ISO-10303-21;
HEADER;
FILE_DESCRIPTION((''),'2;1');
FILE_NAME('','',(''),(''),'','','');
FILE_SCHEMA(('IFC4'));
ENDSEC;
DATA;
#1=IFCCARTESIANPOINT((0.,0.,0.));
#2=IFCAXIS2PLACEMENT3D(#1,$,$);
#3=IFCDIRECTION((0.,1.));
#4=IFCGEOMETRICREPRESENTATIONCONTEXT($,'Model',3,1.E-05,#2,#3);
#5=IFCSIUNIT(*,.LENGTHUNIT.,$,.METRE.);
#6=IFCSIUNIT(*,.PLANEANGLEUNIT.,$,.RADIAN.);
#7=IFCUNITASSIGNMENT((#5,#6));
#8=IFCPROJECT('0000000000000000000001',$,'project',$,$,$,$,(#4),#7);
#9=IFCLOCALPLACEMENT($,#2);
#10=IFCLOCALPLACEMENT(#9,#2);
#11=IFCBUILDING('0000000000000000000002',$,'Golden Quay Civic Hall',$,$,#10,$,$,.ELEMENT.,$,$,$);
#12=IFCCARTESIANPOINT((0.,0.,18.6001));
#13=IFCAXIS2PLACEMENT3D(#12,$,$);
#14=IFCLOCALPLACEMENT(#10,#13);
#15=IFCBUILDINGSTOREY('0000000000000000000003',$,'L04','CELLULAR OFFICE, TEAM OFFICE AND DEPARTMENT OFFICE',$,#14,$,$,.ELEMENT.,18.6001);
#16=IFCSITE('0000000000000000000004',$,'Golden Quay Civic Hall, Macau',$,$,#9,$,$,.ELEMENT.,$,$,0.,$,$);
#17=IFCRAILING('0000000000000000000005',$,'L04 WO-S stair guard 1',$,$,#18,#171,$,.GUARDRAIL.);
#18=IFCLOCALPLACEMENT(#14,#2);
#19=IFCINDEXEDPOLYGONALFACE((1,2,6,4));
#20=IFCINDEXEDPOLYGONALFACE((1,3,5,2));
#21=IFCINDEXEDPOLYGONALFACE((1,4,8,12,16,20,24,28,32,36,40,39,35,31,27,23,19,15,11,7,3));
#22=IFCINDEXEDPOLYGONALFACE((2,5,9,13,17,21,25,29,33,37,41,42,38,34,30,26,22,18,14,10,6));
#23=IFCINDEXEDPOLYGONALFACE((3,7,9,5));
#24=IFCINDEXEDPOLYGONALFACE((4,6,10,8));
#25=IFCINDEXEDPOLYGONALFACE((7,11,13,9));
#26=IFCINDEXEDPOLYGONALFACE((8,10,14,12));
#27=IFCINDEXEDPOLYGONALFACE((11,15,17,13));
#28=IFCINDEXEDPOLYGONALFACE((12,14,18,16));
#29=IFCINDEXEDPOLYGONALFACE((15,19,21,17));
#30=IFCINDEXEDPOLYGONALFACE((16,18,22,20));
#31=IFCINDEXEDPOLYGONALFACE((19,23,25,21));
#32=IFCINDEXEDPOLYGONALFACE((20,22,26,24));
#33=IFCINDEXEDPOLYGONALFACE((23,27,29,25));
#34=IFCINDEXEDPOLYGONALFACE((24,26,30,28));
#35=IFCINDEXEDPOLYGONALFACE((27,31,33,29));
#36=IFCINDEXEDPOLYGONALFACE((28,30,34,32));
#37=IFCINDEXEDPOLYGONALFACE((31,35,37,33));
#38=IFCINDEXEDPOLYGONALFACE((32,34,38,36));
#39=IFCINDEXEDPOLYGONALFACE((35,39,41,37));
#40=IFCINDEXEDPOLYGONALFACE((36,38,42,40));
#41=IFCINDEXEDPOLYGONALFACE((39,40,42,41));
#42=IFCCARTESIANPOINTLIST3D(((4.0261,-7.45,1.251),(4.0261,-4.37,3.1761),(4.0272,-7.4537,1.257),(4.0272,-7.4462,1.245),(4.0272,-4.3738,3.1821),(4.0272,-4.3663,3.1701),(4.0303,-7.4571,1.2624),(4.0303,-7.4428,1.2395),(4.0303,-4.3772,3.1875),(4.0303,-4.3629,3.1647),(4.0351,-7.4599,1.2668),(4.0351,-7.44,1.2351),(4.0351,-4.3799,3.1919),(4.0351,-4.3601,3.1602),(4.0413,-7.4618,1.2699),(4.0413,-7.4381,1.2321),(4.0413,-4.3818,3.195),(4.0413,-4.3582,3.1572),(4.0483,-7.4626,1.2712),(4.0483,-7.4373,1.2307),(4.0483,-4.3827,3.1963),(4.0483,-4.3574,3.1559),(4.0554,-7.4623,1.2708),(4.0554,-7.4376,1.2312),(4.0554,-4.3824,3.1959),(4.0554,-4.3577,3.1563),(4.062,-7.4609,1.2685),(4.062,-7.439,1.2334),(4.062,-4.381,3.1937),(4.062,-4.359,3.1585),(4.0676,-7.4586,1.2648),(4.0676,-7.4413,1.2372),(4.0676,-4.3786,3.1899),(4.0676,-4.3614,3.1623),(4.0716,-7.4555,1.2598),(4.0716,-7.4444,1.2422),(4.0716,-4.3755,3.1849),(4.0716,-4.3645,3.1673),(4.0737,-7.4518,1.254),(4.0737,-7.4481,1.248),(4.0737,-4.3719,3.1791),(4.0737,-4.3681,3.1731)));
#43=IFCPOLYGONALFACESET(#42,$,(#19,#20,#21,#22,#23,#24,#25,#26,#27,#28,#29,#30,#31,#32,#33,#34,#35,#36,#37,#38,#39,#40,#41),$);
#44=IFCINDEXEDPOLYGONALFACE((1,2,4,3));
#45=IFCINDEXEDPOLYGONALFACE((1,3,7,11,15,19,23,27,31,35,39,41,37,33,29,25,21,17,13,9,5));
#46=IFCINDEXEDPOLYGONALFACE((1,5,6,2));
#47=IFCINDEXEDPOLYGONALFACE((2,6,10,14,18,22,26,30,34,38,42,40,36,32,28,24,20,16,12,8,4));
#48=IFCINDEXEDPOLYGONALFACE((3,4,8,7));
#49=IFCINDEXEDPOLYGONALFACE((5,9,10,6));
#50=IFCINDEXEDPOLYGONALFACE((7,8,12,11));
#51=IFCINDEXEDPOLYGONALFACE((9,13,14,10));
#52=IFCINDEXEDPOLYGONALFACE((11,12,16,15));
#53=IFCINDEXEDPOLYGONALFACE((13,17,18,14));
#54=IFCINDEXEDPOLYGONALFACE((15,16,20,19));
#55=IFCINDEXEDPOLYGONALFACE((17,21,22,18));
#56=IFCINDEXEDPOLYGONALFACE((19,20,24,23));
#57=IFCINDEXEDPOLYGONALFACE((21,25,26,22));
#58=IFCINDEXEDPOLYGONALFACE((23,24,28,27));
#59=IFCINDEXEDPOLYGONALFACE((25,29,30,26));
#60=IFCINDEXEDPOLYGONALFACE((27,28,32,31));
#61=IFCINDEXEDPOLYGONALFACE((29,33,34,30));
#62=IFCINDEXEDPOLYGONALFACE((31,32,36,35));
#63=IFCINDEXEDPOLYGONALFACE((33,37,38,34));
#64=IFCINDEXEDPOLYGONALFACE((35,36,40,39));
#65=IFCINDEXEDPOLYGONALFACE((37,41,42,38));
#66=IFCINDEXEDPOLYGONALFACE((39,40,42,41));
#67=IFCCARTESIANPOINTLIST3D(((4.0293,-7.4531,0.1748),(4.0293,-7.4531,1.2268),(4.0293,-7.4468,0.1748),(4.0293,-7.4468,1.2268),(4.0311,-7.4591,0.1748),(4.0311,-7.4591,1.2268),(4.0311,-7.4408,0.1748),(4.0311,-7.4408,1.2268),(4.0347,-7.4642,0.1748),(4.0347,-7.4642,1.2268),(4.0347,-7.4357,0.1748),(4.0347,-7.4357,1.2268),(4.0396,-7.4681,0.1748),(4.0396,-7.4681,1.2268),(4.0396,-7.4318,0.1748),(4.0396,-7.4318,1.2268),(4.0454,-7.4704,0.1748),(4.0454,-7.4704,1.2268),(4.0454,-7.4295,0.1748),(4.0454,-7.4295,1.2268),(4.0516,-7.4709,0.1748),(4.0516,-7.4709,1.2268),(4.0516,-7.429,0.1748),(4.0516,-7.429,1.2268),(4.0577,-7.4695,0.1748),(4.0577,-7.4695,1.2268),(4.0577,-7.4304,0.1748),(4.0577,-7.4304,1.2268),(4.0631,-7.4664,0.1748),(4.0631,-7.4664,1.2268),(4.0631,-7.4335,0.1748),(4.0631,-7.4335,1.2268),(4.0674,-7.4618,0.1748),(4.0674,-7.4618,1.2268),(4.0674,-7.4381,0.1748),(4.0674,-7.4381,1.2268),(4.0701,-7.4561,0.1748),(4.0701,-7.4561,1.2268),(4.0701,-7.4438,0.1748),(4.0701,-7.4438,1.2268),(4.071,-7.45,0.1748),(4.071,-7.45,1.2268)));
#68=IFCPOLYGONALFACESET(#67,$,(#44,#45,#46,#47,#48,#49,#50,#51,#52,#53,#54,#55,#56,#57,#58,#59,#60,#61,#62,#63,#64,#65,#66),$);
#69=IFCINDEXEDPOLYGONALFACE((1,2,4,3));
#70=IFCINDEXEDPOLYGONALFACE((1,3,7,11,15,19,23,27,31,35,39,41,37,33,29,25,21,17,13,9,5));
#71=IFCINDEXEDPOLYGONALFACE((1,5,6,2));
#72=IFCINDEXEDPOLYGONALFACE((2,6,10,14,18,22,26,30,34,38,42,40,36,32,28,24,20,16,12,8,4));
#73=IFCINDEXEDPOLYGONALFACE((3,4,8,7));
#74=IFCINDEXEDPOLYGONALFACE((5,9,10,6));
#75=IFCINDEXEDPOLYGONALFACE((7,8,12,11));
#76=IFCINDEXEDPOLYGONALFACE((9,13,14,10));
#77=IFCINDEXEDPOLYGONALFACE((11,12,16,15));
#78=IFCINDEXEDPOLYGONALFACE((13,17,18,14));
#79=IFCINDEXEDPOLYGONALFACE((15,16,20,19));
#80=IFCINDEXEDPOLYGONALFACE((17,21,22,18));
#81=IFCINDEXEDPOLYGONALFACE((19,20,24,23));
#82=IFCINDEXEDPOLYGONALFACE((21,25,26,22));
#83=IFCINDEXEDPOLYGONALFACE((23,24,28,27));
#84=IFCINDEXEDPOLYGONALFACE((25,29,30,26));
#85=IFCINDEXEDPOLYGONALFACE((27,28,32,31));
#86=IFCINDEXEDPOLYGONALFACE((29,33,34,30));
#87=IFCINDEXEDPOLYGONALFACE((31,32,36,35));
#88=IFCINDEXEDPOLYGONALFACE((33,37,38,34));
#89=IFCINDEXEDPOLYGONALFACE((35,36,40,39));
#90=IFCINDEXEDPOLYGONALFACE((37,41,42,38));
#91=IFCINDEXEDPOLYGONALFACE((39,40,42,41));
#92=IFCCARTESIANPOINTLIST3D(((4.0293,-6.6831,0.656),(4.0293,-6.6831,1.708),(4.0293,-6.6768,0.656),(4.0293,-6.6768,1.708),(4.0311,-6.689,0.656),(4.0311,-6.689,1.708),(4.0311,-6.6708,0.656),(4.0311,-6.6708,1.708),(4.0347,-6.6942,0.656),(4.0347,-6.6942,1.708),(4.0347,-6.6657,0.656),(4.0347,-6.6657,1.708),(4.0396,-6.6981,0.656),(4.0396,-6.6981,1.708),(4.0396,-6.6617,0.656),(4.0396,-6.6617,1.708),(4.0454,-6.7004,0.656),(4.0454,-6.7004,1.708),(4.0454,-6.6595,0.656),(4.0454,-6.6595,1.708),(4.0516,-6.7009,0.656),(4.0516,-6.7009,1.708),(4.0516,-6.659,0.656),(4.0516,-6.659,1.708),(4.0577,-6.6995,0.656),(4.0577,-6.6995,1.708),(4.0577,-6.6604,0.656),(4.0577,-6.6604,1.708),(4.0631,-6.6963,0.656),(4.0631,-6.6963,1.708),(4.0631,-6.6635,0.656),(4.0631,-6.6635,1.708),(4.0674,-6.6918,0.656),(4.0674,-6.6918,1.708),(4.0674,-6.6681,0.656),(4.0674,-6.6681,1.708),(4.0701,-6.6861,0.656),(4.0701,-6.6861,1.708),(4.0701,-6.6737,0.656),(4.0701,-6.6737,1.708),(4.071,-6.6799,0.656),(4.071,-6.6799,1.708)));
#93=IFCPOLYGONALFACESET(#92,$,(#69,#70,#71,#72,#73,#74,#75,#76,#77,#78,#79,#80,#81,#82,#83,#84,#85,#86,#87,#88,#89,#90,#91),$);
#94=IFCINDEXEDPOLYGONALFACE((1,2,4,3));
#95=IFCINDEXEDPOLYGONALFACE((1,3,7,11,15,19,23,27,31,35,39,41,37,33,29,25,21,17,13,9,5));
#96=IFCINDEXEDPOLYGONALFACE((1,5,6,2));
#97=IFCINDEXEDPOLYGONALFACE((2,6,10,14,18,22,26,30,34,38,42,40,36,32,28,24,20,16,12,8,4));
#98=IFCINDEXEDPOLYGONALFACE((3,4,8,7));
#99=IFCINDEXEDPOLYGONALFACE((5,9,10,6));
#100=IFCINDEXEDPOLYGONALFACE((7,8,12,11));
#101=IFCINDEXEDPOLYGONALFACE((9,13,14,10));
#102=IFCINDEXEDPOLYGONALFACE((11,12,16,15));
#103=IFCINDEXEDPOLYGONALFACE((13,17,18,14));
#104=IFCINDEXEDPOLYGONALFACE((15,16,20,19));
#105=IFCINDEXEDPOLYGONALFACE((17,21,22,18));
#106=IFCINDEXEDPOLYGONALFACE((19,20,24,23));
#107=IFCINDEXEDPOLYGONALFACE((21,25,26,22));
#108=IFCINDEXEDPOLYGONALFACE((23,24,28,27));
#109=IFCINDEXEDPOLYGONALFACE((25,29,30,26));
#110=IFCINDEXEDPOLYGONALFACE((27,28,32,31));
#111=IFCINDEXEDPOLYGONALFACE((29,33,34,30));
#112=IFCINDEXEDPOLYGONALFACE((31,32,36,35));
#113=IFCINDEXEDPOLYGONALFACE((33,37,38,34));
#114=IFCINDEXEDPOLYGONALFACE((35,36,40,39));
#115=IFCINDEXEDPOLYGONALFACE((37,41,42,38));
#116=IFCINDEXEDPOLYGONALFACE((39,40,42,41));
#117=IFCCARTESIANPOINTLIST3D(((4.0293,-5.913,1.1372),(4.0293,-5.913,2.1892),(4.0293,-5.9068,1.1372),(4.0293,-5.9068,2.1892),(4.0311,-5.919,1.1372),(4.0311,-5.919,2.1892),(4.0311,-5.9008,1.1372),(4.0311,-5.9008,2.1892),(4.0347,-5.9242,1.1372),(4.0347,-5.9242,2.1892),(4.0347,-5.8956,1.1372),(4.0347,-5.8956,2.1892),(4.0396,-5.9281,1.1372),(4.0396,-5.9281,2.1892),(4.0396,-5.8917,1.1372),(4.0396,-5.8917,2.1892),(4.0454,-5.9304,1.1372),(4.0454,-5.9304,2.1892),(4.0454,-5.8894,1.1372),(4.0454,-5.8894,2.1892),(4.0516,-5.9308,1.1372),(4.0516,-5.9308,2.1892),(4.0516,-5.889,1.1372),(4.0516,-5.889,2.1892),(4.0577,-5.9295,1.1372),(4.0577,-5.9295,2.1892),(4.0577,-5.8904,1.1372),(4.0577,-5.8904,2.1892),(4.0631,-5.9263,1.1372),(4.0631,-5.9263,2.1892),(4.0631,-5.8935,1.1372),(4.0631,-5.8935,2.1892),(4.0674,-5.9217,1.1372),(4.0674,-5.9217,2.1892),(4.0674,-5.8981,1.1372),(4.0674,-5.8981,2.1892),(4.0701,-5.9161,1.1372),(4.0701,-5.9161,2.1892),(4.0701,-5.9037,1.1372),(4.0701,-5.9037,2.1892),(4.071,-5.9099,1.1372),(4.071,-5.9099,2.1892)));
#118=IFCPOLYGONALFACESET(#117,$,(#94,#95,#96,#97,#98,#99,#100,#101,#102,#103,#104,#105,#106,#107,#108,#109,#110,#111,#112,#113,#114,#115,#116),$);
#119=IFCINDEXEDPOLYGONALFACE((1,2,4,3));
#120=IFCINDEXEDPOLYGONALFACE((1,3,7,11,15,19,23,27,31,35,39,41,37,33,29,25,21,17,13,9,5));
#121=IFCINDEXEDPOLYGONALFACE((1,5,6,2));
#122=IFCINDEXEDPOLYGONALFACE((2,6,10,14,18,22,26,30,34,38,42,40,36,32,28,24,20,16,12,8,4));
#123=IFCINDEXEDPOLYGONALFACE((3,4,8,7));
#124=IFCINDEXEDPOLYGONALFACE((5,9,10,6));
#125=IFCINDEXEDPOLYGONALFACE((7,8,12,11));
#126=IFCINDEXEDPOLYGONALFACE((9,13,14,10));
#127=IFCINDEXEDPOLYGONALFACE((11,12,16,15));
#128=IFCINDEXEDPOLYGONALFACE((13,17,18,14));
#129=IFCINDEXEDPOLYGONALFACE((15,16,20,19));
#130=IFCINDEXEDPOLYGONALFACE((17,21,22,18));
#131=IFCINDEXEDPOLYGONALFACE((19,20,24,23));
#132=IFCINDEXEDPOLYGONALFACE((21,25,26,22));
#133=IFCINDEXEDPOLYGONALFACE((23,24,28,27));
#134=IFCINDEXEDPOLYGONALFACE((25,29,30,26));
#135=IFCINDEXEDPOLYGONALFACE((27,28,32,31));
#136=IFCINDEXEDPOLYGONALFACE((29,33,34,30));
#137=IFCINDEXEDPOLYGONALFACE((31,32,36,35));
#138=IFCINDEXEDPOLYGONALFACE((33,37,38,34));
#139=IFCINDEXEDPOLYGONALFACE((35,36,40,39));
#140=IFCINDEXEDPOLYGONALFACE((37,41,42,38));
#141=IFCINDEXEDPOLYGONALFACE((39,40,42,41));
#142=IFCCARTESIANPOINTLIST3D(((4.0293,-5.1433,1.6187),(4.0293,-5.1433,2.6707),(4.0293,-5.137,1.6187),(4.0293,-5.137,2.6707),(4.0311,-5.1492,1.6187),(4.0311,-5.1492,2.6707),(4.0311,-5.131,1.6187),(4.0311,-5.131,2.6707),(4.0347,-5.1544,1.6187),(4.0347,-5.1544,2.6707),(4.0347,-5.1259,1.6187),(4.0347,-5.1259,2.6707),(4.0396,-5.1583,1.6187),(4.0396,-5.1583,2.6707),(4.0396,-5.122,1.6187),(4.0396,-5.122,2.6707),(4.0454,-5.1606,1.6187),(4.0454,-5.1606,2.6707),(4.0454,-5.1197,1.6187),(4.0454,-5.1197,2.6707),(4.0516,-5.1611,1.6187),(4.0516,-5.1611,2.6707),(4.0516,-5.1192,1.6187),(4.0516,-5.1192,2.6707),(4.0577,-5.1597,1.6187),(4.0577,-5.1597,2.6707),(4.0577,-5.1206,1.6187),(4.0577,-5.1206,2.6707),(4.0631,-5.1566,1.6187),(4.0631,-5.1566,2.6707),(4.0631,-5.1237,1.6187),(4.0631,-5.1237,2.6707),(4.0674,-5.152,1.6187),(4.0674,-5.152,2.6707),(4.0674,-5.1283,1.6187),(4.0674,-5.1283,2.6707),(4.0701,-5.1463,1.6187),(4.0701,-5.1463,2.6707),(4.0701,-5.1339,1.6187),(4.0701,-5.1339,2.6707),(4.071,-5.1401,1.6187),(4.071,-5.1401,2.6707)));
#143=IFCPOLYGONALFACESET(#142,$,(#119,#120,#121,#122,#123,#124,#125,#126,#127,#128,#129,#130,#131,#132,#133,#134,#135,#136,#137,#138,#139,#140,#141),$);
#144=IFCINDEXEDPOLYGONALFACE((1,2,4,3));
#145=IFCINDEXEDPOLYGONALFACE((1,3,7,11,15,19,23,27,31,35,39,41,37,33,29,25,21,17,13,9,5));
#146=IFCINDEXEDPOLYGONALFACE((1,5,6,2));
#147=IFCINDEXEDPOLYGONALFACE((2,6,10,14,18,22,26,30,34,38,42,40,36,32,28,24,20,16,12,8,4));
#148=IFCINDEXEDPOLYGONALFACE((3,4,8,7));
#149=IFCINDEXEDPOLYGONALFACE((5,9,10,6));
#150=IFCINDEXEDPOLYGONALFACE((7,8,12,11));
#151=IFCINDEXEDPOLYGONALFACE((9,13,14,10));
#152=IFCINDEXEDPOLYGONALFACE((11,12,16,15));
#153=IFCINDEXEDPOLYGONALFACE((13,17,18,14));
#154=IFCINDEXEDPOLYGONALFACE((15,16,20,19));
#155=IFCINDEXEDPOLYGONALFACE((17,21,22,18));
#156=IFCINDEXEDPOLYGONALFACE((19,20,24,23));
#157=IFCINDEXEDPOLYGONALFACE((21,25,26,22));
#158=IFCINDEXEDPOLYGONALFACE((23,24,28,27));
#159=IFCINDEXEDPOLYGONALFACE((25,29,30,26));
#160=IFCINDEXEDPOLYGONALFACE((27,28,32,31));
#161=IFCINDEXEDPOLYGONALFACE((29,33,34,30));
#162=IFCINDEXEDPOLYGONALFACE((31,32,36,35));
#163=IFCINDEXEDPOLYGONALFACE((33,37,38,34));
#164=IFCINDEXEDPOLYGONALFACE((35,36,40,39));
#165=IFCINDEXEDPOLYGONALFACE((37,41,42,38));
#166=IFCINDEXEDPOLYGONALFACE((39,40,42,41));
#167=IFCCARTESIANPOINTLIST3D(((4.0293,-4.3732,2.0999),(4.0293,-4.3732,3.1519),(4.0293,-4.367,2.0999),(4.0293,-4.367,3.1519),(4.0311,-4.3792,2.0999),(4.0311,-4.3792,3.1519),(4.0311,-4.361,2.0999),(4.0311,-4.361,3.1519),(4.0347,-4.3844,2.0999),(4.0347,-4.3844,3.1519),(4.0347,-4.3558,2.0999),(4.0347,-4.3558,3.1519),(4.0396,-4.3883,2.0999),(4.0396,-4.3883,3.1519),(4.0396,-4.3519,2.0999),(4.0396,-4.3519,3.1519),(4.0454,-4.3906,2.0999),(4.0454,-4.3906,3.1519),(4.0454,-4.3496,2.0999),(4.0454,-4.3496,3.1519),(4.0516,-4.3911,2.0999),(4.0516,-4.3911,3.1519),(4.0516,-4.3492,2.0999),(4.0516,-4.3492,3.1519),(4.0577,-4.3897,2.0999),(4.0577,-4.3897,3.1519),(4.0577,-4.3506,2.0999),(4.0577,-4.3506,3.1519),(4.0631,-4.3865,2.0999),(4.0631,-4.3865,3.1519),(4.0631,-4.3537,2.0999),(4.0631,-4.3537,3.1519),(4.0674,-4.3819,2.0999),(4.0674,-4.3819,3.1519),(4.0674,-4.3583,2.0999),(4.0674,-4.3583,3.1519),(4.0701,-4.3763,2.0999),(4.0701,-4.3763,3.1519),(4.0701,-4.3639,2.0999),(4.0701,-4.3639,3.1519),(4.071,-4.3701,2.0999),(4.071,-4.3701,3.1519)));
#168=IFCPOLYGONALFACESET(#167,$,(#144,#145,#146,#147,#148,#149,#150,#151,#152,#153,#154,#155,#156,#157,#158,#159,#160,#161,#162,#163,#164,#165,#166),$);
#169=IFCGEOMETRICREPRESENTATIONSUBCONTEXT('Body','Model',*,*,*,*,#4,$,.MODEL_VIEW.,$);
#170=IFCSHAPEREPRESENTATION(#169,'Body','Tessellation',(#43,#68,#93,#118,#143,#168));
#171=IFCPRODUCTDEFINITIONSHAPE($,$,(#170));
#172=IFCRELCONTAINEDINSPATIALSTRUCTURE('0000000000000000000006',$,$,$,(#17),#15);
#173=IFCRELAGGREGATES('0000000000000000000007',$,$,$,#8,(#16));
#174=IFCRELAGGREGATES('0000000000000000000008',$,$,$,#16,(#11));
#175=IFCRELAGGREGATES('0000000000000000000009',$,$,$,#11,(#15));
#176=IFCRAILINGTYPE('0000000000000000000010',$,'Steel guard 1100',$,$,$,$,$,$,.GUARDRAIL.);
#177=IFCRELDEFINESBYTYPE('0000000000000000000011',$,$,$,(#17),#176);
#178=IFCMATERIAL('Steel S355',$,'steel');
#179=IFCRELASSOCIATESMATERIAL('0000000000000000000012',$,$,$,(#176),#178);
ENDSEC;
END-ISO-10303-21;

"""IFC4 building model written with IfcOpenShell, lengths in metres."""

from ifc_helpers import new_model, si_unit, direction, frame, origin, origin_2d, place, context, subcontext, project, spatial, circle, extrude, material, type_object, element, save


model = new_model("IFC4")

# Units and contexts
model_context = context("Model", 3, precision=1e-05, world=origin(), true_north=direction((0.0, 1.0)))
body_context = subcontext(model_context, "Body", "Model", "MODEL_VIEW")
ifc_project = project(units=[si_unit("LENGTHUNIT", "METRE"), si_unit("PLANEANGLEUNIT", "RADIAN")], contexts=[model_context])

# Site, building, storey
site_placement = place(None, origin())
site = spatial("IfcSite", under=ifc_project, at=site_placement, Name="Golden Quay Civic Hall, Macau", CompositionType="ELEMENT", RefElevation=0.0)
building_placement = place(site_placement, origin())
building = spatial("IfcBuilding", under=site, at=building_placement, Name="Golden Quay Civic Hall", CompositionType="ELEMENT")
storey_placement = place(building_placement, frame((0.0, 0.0, 18.6001)))
storey = spatial("IfcBuildingStorey", under=building, at=storey_placement, Name="L04", Description="CELLULAR OFFICE, TEAM OFFICE AND DEPARTMENT OFFICE", CompositionType="ELEMENT", Elevation=18.6001)

# Railing
ifc_material_1 = material(Name="Steel S355", Category="steel")
railing_type_1 = type_object("IfcRailingType", Name="Steel guard 1100", PredefinedType="GUARDRAIL", material=ifc_material_1)
railing_1_placement = place(storey_placement, frame((4.05, -7.45, 0.1748)))
element("IfcRailing", 1, at=railing_1_placement, inside=storey, type_object=railing_type_1, Name="L04 WO-S stair guard 1", PredefinedType="GUARDRAIL", context=body_context, shape_type="SweptSolid", body=[
    extrude(circle(Radius=0.0239, at=origin_2d()), frame((0.0, 0.0, 1.0762), z_axis=(0.0, 0.847979, 0.530029), x_axis=(-1.0, 0.0, 0.0)), (0.0, 0.0, 1.0), 3.6321),
    extrude(circle(Radius=0.021, at=origin_2d()), origin(), (0.0, 0.0, 1.0), 1.052),
    extrude(circle(Radius=0.021, at=origin_2d()), frame((0.0, 0.77, 0.4812)), (0.0, 0.0, 1.0), 1.052),
    extrude(circle(Radius=0.021, at=origin_2d()), frame((0.0, 1.54, 0.9624)), (0.0, 0.0, 1.0), 1.052),
    extrude(circle(Radius=0.021, at=origin_2d()), frame((0.0, 2.3098, 1.4438)), (0.0, 0.0, 1.0), 1.052),
    extrude(circle(Radius=0.021, at=origin_2d()), frame((0.0, 3.0798, 1.925)), (0.0, 0.0, 1.0), 1.052),
])

save(model, "model.ifc")
